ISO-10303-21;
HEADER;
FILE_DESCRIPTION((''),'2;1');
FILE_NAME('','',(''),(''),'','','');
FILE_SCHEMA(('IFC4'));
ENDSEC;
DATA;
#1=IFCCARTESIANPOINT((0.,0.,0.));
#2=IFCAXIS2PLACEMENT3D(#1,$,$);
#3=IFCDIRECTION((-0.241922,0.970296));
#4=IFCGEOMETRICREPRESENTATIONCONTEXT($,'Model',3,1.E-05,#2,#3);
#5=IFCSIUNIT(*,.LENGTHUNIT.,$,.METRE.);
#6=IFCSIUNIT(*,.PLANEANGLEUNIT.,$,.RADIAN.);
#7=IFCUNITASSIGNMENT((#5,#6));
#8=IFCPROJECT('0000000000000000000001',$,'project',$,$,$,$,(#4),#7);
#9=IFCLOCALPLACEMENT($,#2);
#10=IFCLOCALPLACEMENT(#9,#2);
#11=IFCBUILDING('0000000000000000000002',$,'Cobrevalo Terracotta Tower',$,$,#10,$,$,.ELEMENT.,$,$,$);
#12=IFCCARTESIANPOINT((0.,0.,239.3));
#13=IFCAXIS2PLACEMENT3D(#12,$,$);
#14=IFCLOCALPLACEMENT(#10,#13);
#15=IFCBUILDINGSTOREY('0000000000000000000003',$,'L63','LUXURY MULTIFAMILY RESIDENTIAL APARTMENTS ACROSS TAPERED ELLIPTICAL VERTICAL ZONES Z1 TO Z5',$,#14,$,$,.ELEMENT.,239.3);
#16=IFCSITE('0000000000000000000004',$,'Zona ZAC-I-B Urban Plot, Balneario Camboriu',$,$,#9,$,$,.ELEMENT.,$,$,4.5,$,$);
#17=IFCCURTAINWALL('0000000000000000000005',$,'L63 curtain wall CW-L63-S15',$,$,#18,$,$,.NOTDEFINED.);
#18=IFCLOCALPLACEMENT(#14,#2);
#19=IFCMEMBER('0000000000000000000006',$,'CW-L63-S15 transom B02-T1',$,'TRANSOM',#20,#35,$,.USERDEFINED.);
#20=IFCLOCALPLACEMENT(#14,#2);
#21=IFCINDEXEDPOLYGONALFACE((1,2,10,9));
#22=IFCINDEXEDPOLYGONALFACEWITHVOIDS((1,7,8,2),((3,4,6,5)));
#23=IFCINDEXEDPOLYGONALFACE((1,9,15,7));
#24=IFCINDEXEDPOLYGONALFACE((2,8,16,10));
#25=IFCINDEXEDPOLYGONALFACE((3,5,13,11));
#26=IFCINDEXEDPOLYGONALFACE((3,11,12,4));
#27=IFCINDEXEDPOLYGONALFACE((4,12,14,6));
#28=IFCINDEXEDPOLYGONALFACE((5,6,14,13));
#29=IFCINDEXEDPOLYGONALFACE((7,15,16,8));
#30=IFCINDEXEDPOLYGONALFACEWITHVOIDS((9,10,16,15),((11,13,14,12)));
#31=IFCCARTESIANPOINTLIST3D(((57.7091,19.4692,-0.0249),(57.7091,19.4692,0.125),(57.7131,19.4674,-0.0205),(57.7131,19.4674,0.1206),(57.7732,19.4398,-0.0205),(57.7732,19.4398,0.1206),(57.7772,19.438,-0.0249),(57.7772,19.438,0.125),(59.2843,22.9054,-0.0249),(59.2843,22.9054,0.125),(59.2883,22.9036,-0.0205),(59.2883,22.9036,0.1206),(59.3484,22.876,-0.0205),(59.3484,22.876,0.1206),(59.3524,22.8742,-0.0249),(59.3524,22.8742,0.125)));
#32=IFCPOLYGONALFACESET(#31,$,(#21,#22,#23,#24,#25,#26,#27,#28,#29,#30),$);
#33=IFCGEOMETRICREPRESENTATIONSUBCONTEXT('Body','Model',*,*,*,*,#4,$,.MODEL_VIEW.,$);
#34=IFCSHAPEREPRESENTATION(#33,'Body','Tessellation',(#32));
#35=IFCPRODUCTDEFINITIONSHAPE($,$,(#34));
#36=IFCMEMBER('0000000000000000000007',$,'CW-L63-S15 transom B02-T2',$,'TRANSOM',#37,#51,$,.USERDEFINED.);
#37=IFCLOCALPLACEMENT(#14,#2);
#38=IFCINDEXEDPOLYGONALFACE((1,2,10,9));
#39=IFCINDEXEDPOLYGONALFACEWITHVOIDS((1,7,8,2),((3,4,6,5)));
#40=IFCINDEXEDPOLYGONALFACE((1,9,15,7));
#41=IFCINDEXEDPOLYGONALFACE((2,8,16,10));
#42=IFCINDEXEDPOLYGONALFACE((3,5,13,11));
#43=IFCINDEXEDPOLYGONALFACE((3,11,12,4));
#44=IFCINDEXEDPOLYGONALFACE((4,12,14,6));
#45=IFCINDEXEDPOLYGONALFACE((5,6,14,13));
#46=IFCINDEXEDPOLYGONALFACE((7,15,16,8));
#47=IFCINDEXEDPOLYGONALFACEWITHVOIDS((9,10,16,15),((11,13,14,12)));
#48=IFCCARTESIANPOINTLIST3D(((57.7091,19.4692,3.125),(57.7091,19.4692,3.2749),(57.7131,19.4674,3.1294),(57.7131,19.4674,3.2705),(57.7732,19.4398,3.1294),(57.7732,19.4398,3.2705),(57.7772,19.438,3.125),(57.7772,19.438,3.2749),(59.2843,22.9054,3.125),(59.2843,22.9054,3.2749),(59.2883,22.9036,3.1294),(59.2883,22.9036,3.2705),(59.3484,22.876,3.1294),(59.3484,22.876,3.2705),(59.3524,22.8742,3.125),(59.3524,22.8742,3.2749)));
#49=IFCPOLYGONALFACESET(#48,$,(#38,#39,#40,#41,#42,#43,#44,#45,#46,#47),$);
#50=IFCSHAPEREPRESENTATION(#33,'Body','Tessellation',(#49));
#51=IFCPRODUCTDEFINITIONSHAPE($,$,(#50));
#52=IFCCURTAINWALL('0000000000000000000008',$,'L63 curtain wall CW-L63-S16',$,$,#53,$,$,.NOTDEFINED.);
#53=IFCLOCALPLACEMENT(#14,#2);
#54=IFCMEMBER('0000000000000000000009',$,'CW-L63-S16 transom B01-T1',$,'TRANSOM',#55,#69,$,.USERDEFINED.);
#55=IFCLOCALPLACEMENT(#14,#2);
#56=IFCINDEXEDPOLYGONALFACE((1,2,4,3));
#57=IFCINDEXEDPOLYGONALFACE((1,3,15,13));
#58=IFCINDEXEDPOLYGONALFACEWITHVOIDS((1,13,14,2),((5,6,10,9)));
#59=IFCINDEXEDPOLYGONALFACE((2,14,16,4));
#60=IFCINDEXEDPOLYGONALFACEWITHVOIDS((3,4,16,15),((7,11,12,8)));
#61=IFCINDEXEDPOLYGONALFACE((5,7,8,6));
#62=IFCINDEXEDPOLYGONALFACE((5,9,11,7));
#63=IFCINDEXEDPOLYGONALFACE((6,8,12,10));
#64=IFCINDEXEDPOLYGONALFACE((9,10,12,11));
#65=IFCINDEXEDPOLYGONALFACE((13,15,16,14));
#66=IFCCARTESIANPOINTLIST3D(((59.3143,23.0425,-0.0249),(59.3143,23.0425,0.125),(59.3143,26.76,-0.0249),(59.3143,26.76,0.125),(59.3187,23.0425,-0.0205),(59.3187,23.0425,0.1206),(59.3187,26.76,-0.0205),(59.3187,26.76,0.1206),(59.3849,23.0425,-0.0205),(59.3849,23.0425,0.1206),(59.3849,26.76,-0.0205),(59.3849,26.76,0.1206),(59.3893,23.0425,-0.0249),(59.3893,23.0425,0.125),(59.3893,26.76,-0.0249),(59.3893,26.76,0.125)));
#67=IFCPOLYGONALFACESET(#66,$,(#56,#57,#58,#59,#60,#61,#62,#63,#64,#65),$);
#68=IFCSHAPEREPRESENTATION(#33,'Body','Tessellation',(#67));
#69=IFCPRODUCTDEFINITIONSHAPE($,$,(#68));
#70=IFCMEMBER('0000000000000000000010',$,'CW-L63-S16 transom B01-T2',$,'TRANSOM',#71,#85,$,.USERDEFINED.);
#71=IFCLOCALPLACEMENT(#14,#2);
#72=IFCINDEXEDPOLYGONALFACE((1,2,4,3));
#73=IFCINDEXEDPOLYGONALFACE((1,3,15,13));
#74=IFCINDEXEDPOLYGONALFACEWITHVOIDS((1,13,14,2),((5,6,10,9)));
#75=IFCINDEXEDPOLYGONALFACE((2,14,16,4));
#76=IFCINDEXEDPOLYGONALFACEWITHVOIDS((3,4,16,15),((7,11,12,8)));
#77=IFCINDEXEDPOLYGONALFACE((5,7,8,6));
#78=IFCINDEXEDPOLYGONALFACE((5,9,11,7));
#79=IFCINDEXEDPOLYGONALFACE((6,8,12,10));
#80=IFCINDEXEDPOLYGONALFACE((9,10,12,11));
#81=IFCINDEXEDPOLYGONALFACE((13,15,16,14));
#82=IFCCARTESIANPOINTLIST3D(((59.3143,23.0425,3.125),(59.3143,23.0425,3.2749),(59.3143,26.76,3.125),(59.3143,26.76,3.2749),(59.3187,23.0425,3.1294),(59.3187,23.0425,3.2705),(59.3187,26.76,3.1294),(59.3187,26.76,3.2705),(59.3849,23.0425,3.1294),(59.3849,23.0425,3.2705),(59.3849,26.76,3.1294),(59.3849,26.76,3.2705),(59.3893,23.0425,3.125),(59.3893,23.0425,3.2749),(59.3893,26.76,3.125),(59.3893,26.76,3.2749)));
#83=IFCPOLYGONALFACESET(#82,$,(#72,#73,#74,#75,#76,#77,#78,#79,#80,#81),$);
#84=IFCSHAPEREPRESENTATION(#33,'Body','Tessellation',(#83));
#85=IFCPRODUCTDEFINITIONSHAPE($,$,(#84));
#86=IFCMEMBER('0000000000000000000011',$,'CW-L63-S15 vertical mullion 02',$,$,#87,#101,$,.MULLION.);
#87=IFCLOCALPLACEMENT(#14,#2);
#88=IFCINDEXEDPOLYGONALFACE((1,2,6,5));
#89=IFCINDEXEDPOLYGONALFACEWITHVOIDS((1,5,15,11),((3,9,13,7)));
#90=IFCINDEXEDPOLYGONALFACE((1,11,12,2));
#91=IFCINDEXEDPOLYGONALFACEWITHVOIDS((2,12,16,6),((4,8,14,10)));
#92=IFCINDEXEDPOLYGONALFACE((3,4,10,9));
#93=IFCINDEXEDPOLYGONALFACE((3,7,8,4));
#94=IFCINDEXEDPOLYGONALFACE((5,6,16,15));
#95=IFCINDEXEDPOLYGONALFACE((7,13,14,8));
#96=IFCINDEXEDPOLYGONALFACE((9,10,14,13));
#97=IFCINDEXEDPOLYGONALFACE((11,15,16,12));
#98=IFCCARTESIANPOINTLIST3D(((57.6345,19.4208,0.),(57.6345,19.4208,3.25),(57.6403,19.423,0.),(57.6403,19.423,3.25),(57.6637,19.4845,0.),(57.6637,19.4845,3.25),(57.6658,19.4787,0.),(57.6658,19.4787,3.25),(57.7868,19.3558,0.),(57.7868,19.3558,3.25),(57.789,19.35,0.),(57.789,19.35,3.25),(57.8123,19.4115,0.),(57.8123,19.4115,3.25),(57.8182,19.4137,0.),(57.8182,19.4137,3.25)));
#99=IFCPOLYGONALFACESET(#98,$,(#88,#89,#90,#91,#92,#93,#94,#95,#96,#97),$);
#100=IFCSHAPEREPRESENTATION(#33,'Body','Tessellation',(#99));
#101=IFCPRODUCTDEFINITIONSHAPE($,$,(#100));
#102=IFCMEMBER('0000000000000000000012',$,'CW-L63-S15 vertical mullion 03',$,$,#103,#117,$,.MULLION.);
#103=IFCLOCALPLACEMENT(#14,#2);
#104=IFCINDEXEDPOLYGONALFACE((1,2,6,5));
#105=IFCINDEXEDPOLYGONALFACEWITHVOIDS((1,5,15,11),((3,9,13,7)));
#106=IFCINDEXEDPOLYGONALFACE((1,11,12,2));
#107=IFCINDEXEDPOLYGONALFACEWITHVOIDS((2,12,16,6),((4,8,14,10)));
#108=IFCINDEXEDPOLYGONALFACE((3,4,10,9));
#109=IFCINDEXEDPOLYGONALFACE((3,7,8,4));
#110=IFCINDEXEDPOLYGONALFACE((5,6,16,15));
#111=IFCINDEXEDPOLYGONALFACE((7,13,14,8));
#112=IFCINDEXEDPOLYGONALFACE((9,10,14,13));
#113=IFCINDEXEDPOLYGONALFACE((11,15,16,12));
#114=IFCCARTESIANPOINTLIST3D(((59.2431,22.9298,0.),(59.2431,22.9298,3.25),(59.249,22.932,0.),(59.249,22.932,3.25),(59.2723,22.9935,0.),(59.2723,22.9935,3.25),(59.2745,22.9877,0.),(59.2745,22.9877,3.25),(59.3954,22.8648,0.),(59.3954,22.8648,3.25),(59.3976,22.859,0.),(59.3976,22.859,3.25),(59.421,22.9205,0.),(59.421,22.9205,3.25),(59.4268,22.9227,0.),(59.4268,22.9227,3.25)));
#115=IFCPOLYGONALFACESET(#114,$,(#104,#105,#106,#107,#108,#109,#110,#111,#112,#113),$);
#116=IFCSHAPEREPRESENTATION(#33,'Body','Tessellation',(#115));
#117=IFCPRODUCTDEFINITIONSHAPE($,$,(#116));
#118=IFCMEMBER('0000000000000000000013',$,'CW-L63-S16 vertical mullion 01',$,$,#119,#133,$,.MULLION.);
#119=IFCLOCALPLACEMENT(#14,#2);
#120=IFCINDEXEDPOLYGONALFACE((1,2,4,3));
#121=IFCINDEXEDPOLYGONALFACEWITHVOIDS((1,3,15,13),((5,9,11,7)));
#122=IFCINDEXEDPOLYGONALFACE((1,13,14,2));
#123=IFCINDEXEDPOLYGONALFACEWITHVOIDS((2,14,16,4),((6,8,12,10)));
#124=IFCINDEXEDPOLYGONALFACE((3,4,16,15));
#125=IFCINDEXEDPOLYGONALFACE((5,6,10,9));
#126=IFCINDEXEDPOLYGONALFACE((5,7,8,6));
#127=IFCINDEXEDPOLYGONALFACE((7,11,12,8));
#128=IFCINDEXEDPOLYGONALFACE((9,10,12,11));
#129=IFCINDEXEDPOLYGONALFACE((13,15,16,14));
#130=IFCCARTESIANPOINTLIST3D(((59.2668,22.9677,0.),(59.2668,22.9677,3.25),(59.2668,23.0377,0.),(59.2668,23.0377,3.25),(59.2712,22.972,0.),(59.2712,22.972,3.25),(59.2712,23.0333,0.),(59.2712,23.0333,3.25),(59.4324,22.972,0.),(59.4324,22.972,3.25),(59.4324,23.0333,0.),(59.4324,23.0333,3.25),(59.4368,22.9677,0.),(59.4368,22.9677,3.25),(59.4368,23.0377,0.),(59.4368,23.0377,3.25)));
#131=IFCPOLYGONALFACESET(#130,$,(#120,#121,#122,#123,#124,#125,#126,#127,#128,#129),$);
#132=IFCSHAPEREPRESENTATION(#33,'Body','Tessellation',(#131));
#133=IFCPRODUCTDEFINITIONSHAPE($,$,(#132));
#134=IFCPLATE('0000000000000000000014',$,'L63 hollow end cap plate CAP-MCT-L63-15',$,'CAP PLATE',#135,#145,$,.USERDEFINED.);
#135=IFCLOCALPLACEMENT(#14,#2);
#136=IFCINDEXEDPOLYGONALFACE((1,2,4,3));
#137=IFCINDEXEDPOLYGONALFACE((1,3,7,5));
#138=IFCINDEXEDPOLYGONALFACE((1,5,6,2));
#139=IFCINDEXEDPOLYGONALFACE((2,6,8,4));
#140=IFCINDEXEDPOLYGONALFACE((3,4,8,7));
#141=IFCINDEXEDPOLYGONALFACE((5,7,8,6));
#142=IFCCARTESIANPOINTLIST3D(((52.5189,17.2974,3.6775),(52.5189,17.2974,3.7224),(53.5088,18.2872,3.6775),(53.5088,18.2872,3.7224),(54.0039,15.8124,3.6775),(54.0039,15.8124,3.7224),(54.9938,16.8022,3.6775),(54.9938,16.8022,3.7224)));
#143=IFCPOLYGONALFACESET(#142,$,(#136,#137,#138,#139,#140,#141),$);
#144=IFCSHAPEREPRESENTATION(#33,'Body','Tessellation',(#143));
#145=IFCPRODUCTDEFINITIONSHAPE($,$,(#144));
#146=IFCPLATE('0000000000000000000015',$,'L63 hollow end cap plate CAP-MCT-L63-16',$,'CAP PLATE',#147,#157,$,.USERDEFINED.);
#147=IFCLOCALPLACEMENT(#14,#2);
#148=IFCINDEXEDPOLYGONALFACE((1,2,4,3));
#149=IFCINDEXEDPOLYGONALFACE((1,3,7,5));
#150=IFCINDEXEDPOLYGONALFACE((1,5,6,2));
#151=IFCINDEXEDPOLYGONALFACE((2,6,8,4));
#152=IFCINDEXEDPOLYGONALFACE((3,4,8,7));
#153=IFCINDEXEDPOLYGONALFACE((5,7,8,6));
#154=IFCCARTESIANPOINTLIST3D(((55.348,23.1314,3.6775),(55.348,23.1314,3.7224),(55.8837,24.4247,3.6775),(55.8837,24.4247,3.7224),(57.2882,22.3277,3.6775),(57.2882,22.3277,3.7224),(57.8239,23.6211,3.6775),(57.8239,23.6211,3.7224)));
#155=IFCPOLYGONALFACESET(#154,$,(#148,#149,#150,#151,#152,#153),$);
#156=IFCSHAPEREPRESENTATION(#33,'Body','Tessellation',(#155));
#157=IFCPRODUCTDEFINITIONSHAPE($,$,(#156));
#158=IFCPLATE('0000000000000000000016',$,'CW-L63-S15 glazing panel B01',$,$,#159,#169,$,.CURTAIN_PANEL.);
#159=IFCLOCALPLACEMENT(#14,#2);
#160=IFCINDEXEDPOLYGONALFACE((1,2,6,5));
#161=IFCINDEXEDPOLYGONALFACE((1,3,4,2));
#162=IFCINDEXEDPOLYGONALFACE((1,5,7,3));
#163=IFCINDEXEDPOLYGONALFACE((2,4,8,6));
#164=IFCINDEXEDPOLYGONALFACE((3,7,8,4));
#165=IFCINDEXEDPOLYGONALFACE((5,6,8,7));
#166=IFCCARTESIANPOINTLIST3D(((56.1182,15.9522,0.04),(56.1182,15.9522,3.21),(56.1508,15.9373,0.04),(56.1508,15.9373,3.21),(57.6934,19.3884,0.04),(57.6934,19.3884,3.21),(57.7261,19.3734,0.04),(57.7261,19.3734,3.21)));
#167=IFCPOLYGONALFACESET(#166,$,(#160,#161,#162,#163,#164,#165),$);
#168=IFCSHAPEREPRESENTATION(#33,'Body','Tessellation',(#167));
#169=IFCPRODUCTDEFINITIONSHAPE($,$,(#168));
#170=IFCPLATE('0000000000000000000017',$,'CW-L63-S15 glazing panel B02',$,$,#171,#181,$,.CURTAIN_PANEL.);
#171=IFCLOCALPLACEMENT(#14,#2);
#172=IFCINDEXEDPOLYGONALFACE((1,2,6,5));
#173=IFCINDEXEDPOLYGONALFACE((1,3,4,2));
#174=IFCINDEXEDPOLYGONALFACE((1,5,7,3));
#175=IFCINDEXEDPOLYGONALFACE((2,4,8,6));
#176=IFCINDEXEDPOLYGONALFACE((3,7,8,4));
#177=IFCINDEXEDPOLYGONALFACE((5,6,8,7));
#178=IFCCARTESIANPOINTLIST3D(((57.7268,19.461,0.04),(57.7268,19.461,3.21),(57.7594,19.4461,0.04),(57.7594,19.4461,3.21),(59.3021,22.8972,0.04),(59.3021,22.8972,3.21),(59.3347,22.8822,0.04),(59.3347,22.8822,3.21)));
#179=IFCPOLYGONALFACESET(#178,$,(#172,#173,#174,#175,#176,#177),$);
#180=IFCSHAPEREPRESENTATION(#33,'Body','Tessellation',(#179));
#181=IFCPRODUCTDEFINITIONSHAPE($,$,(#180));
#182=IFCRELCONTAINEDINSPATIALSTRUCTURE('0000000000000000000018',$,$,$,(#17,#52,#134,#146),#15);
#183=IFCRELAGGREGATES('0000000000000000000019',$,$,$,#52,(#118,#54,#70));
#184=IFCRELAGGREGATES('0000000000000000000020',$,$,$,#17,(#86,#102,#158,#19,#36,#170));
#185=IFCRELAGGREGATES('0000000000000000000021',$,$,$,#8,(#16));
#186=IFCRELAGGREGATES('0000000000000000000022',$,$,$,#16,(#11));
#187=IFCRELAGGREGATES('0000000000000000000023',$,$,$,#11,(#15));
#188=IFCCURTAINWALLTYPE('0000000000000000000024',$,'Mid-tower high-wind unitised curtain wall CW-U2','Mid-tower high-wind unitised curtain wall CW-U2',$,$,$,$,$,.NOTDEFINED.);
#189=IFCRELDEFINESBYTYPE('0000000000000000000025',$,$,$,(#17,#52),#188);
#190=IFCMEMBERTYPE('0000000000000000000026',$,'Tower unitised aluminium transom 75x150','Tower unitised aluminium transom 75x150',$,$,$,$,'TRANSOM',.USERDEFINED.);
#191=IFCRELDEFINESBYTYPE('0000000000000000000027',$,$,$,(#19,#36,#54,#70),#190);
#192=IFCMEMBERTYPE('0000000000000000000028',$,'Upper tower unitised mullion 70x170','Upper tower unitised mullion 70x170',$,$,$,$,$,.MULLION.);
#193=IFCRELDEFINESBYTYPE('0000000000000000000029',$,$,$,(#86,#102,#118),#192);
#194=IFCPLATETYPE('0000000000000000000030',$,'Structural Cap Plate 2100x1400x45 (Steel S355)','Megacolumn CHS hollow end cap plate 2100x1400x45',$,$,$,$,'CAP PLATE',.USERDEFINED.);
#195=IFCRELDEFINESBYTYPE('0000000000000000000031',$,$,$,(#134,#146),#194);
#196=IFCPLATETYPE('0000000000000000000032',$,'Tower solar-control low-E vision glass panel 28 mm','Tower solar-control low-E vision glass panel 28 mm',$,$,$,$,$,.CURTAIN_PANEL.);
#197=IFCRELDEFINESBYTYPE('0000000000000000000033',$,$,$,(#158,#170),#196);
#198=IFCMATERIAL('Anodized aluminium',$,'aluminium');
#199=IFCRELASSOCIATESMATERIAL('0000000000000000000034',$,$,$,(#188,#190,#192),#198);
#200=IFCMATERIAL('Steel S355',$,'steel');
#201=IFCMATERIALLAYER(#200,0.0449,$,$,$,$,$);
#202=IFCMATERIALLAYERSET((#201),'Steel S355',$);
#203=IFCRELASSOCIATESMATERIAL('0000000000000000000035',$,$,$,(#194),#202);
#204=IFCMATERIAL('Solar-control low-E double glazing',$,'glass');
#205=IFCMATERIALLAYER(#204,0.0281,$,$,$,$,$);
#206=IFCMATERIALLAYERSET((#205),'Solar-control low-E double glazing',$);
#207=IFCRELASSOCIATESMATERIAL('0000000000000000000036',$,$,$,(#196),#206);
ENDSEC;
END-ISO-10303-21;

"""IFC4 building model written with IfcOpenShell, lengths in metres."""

from ifc_helpers import new_model, si_unit, direction, frame, origin, origin_2d, place, context, subcontext, project, spatial, rectangle, hollow_rectangle, extrude, source, transform, mapped, material, layer, layer_set, material_profile, profile_set, type_object, element, aggregate, save


model = new_model("IFC4")

# Units and contexts
model_context = context("Model", 3, precision=1e-05, world=origin(), true_north=direction((-0.241922, 0.970296)))
body_context = subcontext(model_context, "Body", "Model", "MODEL_VIEW")
ifc_project = project(units=[si_unit("LENGTHUNIT", "METRE"), si_unit("PLANEANGLEUNIT", "RADIAN")], contexts=[model_context])

# Site, building, storey
site_placement = place(None, origin())
site = spatial("IfcSite", under=ifc_project, at=site_placement, Name="Zona ZAC-I-B Urban Plot, Balneario Camboriu", CompositionType="ELEMENT", RefElevation=4.5)
building_placement = place(site_placement, origin())
building = spatial("IfcBuilding", under=site, at=building_placement, Name="Cobrevalo Terracotta Tower", CompositionType="ELEMENT")
storey_placement = place(building_placement, frame((0.0, 0.0, 239.3)))
storey = spatial("IfcBuildingStorey", under=building, at=storey_placement, Name="L63", Description="LUXURY MULTIFAMILY RESIDENTIAL APARTMENTS ACROSS TAPERED ELLIPTICAL VERTICAL ZONES Z1 TO Z5", CompositionType="ELEMENT", Elevation=239.3)

# Shared definitions
ifc_material_1 = material(Name="Steel S355", Category="steel")

# Curtain walls, members
ifc_material_2 = material(Name="Anodized aluminium", Category="aluminium")
curtain_wall_type = type_object("IfcCurtainWallType", Name="Mid-tower high-wind unitised curtain wall CW-U2", Description="Mid-tower high-wind unitised curtain wall CW-U2", PredefinedType="NOTDEFINED", material=ifc_material_2)
curtain_wall_1_placement = place(storey_placement, origin())
curtain_wall_1 = element("IfcCurtainWall", 1, at=curtain_wall_1_placement, inside=storey, type_object=curtain_wall_type, Name="L63 curtain wall CW-L63-S15", PredefinedType="NOTDEFINED")
ifc_material_profile_1 = material_profile(ifc_material_2, hollow_rectangle(XDim=0.075, YDim=0.1499, WallThickness=0.0044, at=origin_2d()), Name="CWT 75x150")
ifc_profile_set_1 = profile_set([ifc_material_profile_1], Name="Anodized aluminium")
member_type_1 = type_object("IfcMemberType", Name="Tower unitised aluminium transom 75x150", Description="Tower unitised aluminium transom 75x150", ElementType="TRANSOM", PredefinedType="USERDEFINED", material=ifc_profile_set_1)
shared_shape_1 = source(origin(), body_context, "Body", "SweptSolid", [
    extrude(hollow_rectangle(XDim=0.075, YDim=0.1499, WallThickness=0.0044, at=origin_2d()), origin(), (0.0, 0.0, 1.0), 3.78),
])
member_1_placement = place(storey_placement, frame((57.7432, 19.4536, 0.05), z_axis=(0.416706, 0.909041, 0.0), x_axis=(-0.909041, 0.416706, 0.0)))
member_1 = element("IfcMember", 2, at=member_1_placement, type_object=member_type_1, Name="CW-L63-S15 transom B02-T1", ObjectType="TRANSOM", PredefinedType="USERDEFINED", context=body_context, shape_type="MappedRepresentation", body=[
    mapped(shared_shape_1, transform((0.0, 0.0, 0.0), scale=1.0)),
])
member_2_placement = place(storey_placement, frame((57.7432, 19.4536, 3.2), z_axis=(0.416706, 0.909041, 0.0), x_axis=(-0.909041, 0.416706, 0.0)))
member_2 = element("IfcMember", 3, at=member_2_placement, type_object=member_type_1, Name="CW-L63-S15 transom B02-T2", ObjectType="TRANSOM", PredefinedType="USERDEFINED", context=body_context, shape_type="MappedRepresentation", body=[
    mapped(shared_shape_1, transform((0.0, 0.0, 0.0), scale=1.0)),
])
curtain_wall_2_placement = place(storey_placement, origin())
curtain_wall_2 = element("IfcCurtainWall", 4, at=curtain_wall_2_placement, inside=storey, type_object=curtain_wall_type, Name="L63 curtain wall CW-L63-S16", PredefinedType="NOTDEFINED")
shared_shape_2 = source(origin(), body_context, "Body", "SweptSolid", [
    extrude(hollow_rectangle(XDim=0.075, YDim=0.1499, WallThickness=0.0044, at=origin_2d()), origin(), (0.0, 0.0, 1.0), 3.7175),
])
member_3_placement = place(storey_placement, frame((59.3518, 23.0425, 0.05), z_axis=(0.0, 1.0, 0.0), x_axis=(-1.0, 0.0, 0.0)))
member_3 = element("IfcMember", 5, at=member_3_placement, type_object=member_type_1, Name="CW-L63-S16 transom B01-T1", ObjectType="TRANSOM", PredefinedType="USERDEFINED", context=body_context, shape_type="MappedRepresentation", body=[
    mapped(shared_shape_2, transform((0.0, 0.0, 0.0), scale=1.0)),
])
member_4_placement = place(storey_placement, frame((59.3518, 23.0425, 3.2), z_axis=(0.0, 1.0, 0.0), x_axis=(-1.0, 0.0, 0.0)))
member_4 = element("IfcMember", 6, at=member_4_placement, type_object=member_type_1, Name="CW-L63-S16 transom B01-T2", ObjectType="TRANSOM", PredefinedType="USERDEFINED", context=body_context, shape_type="MappedRepresentation", body=[
    mapped(shared_shape_2, transform((0.0, 0.0, 0.0), scale=1.0)),
])

# Members
ifc_material_profile_2 = material_profile(ifc_material_2, hollow_rectangle(XDim=0.0701, YDim=0.1699, WallThickness=0.0044, at=origin_2d()), Name="CWM 70x170")
ifc_profile_set_2 = profile_set([ifc_material_profile_2], Name="Anodized aluminium")
member_type_2 = type_object("IfcMemberType", Name="Upper tower unitised mullion 70x170", Description="Upper tower unitised mullion 70x170", PredefinedType="MULLION", material=ifc_profile_set_2)
shared_shape_3 = source(origin(), body_context, "Body", "SweptSolid", [
    extrude(hollow_rectangle(XDim=0.0701, YDim=0.1699, WallThickness=0.0044, at=origin_2d()), origin(), (0.0, 0.0, 1.0), 3.25),
])
member_5_placement = place(storey_placement, frame((57.7263, 19.4172, 0.0), z_axis=(0.0, 0.0, 1.0), x_axis=(0.416725, 0.909033, 0.0)))
member_5 = element("IfcMember", 7, at=member_5_placement, type_object=member_type_2, Name="CW-L63-S15 vertical mullion 02", PredefinedType="MULLION", context=body_context, shape_type="MappedRepresentation", body=[
    mapped(shared_shape_3, transform((0.0, 0.0, 0.0), scale=1.0)),
])
member_6_placement = place(storey_placement, frame((59.335, 22.9263, 0.0), z_axis=(0.0, 0.0, 1.0), x_axis=(0.416725, 0.909033, 0.0)))
member_6 = element("IfcMember", 8, at=member_6_placement, type_object=member_type_2, Name="CW-L63-S15 vertical mullion 03", PredefinedType="MULLION", context=body_context, shape_type="MappedRepresentation", body=[
    mapped(shared_shape_3, transform((0.0, 0.0, 0.0), scale=1.0)),
])
member_7_placement = place(storey_placement, frame((59.3518, 23.0027, 0.0), z_axis=(0.0, 0.0, 1.0), x_axis=(0.0, 1.0, 0.0)))
member_7 = element("IfcMember", 9, at=member_7_placement, type_object=member_type_2, Name="CW-L63-S16 vertical mullion 01", PredefinedType="MULLION", context=body_context, shape_type="MappedRepresentation", body=[
    mapped(shared_shape_3, transform((0.0, 0.0, 0.0), scale=1.0)),
])
aggregate(curtain_wall_2, [member_7, member_3, member_4])

# Plates
ifc_layer_1 = layer(ifc_material_1, 0.0449)
ifc_layer_set_1 = layer_set([ifc_layer_1], Name="Steel S355")
plate_type_1 = type_object("IfcPlateType", Name="Structural Cap Plate 2100x1400x45 (Steel S355)", Description="Megacolumn CHS hollow end cap plate 2100x1400x45", ElementType="CAP PLATE", PredefinedType="USERDEFINED", material=ifc_layer_set_1)
shared_shape_4 = source(origin(), body_context, "Body", "SweptSolid", [
    extrude(rectangle(XDim=2.1001, YDim=1.3999, at=origin_2d()), origin(), (0.0, 0.0, 1.0), 0.0449),
])
for number, where, z_axis, x_axis, name in (
    (10, (53.7563, 17.0498, 3.6775), (0.0, 0.0, 1.0), (0.707107, -0.707107, 0.0), "L63 hollow end cap plate CAP-MCT-L63-15"),
    (11, (56.5859, 23.3762, 3.6775), (0.0, 0.0, 1.0), (0.92388, -0.382683, 0.0), "L63 hollow end cap plate CAP-MCT-L63-16"),
):
    element("IfcPlate", number, at=place(storey_placement, frame(where, z_axis=z_axis, x_axis=x_axis)), inside=storey, type_object=plate_type_1, Name=name, ObjectType="CAP PLATE", PredefinedType="USERDEFINED", context=body_context, shape_type="MappedRepresentation", body=[
        mapped(shared_shape_4, transform((0.0, 0.0, 0.0), scale=1.0)),
    ])

# Plates
ifc_material_3 = material(Name="Solar-control low-E double glazing", Category="glass")
ifc_layer_2 = layer(ifc_material_3, 0.0281)
ifc_layer_set_2 = layer_set([ifc_layer_2], Name="Solar-control low-E double glazing")
plate_type_2 = type_object("IfcPlateType", Name="Tower solar-control low-E vision glass panel 28 mm", Description="Tower solar-control low-E vision glass panel 28 mm", PredefinedType="CURTAIN_PANEL", material=ifc_layer_set_2)
shared_shape_5 = source(origin(), body_context, "Body", "SweptSolid", [
    extrude(rectangle(XDim=3.78, YDim=0.0359, at=origin_2d()), origin(), (0.0, 0.0, 1.0), 3.1699),
])
plate_1_placement = place(storey_placement, frame((56.9221, 17.6628, 0.04), z_axis=(0.0, 0.0, 1.0), x_axis=(0.416731, 0.90903, 0.0)))
plate_1 = element("IfcPlate", 12, at=plate_1_placement, type_object=plate_type_2, Name="CW-L63-S15 glazing panel B01", PredefinedType="CURTAIN_PANEL", context=body_context, shape_type="MappedRepresentation", body=[
    mapped(shared_shape_5, transform((0.0, 0.0, 0.0), scale=1.0)),
])
plate_2_placement = place(storey_placement, frame((58.5308, 21.1716, 0.04), z_axis=(0.0, 0.0, 1.0), x_axis=(0.416731, 0.90903, 0.0)))
plate_2 = element("IfcPlate", 13, at=plate_2_placement, type_object=plate_type_2, Name="CW-L63-S15 glazing panel B02", PredefinedType="CURTAIN_PANEL", context=body_context, shape_type="MappedRepresentation", body=[
    mapped(shared_shape_5, transform((0.0, 0.0, 0.0), scale=1.0)),
])
aggregate(curtain_wall_1, [member_5, member_6, plate_1, member_1, member_2, plate_2])

save(model, "model.ifc")
